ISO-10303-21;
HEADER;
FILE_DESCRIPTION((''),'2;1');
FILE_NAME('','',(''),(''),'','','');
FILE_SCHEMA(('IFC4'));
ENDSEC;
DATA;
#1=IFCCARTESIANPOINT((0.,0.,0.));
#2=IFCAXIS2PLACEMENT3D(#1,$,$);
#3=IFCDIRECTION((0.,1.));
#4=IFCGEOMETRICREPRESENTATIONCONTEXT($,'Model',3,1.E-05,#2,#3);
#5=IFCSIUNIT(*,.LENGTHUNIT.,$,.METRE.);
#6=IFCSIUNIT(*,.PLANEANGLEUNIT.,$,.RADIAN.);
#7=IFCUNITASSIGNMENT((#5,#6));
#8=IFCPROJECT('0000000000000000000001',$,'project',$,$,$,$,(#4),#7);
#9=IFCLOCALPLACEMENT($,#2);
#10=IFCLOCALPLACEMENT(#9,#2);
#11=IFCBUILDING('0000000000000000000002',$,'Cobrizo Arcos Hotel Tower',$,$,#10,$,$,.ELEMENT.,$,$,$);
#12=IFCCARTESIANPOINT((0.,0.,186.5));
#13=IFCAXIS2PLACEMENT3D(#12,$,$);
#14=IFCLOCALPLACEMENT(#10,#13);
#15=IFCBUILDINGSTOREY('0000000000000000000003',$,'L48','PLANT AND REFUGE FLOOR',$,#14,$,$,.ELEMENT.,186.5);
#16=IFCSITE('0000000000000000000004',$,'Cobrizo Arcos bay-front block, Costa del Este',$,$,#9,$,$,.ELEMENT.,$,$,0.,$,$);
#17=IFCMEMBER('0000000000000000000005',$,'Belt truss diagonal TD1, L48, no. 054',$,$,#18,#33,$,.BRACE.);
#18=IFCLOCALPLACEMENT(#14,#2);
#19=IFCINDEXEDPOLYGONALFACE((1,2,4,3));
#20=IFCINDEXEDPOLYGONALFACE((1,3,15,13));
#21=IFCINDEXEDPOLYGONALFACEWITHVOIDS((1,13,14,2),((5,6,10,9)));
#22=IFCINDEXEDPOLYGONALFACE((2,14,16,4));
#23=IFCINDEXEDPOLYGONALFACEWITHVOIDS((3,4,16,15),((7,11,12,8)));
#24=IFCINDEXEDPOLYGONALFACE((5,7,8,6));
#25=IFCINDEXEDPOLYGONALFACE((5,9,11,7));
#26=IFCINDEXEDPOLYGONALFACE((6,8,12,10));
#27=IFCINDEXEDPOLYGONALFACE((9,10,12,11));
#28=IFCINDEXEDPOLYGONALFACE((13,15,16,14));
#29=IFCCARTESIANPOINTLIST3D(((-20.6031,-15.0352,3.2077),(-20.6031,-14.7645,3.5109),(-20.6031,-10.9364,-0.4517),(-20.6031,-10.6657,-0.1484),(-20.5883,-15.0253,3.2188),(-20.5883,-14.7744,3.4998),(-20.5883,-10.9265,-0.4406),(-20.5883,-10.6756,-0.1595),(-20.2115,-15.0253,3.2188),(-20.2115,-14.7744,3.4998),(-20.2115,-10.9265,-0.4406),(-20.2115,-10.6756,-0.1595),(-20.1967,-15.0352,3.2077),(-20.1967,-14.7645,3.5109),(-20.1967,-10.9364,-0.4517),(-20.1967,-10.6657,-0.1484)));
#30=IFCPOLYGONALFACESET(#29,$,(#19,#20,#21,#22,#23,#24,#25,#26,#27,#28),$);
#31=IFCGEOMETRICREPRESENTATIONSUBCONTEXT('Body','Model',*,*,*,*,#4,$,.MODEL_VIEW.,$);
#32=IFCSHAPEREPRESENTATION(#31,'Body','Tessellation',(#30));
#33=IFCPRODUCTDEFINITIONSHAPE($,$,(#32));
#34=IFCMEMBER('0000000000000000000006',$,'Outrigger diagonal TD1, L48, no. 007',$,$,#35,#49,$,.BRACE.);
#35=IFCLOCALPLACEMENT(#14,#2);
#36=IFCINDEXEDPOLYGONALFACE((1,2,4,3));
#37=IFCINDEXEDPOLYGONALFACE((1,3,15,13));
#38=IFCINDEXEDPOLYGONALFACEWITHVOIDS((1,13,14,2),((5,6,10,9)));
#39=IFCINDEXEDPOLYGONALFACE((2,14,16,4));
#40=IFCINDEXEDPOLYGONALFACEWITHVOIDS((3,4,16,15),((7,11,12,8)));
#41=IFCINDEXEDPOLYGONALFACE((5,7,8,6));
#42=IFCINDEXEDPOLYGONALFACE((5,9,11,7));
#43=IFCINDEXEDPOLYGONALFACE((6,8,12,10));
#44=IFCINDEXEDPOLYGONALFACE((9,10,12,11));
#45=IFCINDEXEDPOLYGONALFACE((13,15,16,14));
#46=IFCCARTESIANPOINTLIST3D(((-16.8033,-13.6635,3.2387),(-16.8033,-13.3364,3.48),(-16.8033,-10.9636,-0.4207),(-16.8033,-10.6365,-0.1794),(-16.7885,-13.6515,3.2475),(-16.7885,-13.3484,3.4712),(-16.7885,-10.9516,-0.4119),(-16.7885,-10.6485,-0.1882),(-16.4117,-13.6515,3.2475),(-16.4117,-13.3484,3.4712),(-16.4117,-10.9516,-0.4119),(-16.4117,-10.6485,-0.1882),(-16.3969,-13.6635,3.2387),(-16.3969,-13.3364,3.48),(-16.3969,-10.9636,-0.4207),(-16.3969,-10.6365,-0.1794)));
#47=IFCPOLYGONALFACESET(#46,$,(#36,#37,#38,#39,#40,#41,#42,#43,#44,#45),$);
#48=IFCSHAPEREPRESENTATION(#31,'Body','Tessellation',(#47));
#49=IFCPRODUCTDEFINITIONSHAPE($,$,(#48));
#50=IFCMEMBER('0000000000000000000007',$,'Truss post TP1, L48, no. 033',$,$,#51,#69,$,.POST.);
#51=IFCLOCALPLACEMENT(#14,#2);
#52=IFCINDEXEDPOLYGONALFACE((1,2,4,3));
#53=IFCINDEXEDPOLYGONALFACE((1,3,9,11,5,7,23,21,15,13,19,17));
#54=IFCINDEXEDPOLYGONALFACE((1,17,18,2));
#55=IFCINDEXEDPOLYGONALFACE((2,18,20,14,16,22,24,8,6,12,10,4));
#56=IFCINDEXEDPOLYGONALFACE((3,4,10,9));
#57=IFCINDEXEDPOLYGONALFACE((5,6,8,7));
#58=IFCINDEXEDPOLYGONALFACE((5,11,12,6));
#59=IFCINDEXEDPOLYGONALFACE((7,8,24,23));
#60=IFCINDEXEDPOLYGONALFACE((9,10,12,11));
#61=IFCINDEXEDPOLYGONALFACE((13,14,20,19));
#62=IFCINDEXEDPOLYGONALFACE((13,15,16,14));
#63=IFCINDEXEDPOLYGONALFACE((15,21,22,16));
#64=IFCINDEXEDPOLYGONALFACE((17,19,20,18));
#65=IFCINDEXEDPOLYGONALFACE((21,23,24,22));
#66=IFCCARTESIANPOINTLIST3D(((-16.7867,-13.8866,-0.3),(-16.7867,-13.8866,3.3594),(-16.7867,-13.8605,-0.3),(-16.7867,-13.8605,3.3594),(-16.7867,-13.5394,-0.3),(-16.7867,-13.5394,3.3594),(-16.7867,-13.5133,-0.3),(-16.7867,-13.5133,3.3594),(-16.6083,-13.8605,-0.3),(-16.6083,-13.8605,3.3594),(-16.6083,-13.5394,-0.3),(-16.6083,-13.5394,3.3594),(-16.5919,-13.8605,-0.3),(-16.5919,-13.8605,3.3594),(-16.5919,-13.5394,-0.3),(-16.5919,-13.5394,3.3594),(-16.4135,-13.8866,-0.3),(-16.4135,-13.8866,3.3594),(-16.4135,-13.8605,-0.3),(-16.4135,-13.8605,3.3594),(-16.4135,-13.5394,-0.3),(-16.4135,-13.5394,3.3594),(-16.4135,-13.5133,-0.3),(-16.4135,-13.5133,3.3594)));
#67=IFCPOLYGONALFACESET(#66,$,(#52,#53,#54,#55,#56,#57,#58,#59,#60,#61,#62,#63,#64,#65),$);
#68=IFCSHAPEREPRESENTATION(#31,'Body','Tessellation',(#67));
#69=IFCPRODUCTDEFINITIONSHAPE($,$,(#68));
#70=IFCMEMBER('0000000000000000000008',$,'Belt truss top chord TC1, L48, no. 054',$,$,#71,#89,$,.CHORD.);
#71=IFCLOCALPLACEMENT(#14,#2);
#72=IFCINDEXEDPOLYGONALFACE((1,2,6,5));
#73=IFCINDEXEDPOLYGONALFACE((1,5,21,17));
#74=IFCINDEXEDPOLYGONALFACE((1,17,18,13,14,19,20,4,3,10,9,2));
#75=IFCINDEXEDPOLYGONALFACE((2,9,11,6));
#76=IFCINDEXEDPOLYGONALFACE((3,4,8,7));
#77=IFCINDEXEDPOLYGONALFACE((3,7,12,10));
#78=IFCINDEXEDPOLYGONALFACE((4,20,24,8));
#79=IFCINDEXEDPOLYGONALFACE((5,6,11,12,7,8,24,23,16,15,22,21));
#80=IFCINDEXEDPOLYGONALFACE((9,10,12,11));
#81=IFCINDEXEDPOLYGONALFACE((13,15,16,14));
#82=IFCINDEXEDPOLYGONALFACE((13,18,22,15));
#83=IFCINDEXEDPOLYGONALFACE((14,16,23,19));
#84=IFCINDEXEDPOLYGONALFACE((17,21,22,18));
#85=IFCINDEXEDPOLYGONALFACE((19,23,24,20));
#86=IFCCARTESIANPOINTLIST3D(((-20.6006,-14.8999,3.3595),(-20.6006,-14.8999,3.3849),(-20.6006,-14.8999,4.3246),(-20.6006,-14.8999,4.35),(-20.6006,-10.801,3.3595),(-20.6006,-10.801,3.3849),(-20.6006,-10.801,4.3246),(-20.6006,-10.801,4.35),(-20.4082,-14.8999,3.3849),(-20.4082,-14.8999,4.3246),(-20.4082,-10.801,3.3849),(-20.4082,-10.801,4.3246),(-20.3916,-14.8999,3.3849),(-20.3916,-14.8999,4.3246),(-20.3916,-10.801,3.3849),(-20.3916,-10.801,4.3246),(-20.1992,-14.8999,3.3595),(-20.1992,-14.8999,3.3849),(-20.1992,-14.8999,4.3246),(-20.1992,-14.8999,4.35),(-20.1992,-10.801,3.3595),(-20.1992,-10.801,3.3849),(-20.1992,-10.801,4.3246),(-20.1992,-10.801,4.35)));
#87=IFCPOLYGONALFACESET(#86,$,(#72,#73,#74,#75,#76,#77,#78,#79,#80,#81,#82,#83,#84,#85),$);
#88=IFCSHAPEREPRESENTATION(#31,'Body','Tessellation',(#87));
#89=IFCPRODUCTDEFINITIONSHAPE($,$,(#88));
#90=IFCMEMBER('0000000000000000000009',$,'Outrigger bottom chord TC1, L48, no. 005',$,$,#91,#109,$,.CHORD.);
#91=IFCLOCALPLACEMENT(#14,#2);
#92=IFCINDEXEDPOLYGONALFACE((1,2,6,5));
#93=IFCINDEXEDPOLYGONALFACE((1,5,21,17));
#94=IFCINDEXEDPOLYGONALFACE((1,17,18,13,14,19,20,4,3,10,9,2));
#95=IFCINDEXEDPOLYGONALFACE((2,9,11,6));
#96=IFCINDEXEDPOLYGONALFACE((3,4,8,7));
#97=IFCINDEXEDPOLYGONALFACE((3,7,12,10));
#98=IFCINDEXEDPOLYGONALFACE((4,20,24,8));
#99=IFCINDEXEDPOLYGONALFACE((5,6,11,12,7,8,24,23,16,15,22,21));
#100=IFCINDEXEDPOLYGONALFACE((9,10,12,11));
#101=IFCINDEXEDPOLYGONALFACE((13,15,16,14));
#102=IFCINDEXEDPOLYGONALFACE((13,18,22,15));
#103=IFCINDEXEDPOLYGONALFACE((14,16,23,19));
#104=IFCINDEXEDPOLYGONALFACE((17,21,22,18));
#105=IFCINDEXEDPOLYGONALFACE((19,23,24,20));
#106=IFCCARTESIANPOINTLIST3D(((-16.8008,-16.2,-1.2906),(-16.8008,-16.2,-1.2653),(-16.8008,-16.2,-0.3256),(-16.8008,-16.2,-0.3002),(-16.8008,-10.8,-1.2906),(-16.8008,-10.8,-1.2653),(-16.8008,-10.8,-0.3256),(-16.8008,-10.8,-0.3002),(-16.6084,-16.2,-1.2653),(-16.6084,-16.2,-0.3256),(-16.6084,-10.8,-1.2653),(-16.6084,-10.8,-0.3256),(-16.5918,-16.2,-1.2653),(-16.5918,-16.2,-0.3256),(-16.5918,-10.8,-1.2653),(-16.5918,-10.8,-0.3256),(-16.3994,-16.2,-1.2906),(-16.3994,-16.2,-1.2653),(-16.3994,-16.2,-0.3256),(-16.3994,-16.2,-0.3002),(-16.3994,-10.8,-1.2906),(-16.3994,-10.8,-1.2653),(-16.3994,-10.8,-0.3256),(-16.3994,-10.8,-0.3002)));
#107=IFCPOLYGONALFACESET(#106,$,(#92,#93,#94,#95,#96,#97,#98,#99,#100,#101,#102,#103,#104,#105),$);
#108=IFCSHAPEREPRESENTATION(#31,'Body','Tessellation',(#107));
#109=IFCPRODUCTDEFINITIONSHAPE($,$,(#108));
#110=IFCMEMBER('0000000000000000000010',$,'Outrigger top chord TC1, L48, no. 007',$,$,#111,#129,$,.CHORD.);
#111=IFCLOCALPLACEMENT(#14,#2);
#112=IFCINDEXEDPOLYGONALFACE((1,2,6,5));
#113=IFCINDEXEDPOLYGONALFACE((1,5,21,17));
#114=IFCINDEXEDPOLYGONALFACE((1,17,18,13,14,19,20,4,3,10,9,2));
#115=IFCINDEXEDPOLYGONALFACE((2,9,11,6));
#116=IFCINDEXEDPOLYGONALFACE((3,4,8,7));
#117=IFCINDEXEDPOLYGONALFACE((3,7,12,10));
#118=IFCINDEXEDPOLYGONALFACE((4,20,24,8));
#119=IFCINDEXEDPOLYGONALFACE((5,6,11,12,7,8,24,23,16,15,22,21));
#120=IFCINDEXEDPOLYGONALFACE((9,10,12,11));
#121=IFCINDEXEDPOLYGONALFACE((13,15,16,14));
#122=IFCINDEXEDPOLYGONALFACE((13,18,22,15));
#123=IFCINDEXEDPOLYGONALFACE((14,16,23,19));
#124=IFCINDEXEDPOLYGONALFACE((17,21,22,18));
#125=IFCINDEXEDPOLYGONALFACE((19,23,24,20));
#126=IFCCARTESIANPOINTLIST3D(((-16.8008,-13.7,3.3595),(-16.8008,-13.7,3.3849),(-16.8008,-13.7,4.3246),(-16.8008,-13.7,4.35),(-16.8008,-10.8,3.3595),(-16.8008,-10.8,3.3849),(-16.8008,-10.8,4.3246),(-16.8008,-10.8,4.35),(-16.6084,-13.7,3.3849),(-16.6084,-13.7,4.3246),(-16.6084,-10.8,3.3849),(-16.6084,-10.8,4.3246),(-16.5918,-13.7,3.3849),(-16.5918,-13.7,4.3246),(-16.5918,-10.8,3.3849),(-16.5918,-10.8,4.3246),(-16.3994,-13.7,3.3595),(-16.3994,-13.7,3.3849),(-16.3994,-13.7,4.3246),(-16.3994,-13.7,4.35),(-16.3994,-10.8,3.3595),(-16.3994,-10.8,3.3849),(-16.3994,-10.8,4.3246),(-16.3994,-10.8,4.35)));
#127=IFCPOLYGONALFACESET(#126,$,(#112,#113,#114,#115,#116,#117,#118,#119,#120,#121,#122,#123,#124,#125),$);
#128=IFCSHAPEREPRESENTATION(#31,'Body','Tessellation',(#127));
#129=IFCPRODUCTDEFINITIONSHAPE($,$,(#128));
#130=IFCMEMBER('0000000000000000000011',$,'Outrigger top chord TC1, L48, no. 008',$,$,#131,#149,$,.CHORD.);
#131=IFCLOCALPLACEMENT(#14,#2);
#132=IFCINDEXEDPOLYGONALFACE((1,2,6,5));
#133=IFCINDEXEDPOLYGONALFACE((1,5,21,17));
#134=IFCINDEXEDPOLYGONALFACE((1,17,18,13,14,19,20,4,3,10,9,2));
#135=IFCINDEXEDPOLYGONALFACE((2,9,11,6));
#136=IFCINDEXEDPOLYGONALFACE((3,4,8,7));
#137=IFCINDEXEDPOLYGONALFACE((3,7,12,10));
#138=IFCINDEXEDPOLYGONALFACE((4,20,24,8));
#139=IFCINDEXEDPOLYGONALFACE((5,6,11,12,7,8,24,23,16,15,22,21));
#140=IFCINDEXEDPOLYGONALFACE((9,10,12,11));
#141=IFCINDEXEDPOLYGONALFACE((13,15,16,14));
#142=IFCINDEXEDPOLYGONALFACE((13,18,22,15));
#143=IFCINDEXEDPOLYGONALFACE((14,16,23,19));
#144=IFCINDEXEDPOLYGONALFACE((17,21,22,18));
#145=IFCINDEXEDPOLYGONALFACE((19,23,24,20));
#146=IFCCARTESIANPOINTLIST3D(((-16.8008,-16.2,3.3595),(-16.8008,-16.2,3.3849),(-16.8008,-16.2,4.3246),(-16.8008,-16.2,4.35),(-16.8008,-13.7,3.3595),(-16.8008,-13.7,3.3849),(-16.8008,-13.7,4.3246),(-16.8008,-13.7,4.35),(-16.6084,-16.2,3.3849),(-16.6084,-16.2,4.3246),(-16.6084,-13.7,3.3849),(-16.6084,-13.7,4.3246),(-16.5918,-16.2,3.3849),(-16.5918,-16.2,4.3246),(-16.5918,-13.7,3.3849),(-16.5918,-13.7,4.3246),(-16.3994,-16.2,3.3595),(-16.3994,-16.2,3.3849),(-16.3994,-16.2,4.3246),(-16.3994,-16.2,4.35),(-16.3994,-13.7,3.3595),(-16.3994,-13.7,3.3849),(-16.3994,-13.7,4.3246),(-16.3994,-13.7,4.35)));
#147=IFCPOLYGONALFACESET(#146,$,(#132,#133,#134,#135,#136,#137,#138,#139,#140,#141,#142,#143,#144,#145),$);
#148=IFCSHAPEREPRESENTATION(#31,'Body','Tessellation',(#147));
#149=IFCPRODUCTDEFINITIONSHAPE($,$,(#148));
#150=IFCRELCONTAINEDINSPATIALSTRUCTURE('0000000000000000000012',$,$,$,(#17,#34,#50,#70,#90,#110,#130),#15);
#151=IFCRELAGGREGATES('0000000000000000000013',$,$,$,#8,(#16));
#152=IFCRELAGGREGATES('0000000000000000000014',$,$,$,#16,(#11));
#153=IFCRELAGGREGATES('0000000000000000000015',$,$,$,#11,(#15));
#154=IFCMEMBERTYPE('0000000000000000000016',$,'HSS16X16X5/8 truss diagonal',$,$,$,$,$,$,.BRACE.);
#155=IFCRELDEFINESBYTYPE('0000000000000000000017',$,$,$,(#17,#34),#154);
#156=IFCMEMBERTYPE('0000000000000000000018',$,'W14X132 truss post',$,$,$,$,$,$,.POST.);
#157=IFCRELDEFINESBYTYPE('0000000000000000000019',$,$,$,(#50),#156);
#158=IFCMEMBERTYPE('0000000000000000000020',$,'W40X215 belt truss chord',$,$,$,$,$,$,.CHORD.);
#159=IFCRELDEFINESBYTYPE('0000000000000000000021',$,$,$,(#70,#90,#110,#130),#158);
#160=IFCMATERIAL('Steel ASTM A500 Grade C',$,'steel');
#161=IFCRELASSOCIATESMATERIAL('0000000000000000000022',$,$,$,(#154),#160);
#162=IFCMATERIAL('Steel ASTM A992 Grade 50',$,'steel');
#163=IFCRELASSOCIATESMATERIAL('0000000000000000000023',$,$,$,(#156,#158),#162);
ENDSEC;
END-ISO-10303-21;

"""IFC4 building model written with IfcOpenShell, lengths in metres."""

from ifc_helpers import new_model, si_unit, direction, frame, origin, origin_2d, place, context, subcontext, project, spatial, hollow_rectangle, i_section, extrude, material, material_profile, profile_set, type_object, element, save


model = new_model("IFC4")

# Units and contexts
model_context = context("Model", 3, precision=1e-05, world=origin(), true_north=direction((0.0, 1.0)))
body_context = subcontext(model_context, "Body", "Model", "MODEL_VIEW")
ifc_project = project(units=[si_unit("LENGTHUNIT", "METRE"), si_unit("PLANEANGLEUNIT", "RADIAN")], contexts=[model_context])

# Site, building, storey
site_placement = place(None, origin())
site = spatial("IfcSite", under=ifc_project, at=site_placement, Name="Cobrizo Arcos bay-front block, Costa del Este", CompositionType="ELEMENT", RefElevation=0.0)
building_placement = place(site_placement, origin())
building = spatial("IfcBuilding", under=site, at=building_placement, Name="Cobrizo Arcos Hotel Tower", CompositionType="ELEMENT")
storey_placement = place(building_placement, frame((0.0, 0.0, 186.5)))
storey = spatial("IfcBuildingStorey", under=building, at=storey_placement, Name="L48", Description="PLANT AND REFUGE FLOOR", CompositionType="ELEMENT", Elevation=186.5)

# Members
ifc_material_1 = material(Name="Steel ASTM A500 Grade C", Category="steel")
ifc_material_profile_1 = material_profile(ifc_material_1, hollow_rectangle(XDim=0.4065, YDim=0.4065, WallThickness=0.0149, at=origin_2d()), Name="HSS16X16X5/8")
ifc_profile_set_1 = profile_set([ifc_material_profile_1], Name="Steel ASTM A500 Grade C")
member_type_1 = type_object("IfcMemberType", Name="HSS16X16X5/8 truss diagonal", PredefinedType="BRACE", material=ifc_profile_set_1)
member_1_placement = place(storey_placement, frame((-20.3999, -10.801, -0.3), z_axis=(0.0, -0.745964, 0.665987), x_axis=(1.0, 0.0, 0.0)))
element("IfcMember", 1, at=member_1_placement, inside=storey, type_object=member_type_1, Name="Belt truss diagonal TD1, L48, no. 054", PredefinedType="BRACE", context=body_context, shape_type="SweptSolid", body=[
    extrude(hollow_rectangle(XDim=0.4065, YDim=0.4065, WallThickness=0.0149, at=origin_2d()), origin(), (0.0, 0.0, 1.0), 5.4946),
])
member_2_placement = place(storey_placement, frame((-16.6001, -10.8, -0.3), z_axis=(0.0, -0.593703, 0.804685), x_axis=(1.0, 0.0, 0.0)))
element("IfcMember", 2, at=member_2_placement, inside=storey, type_object=member_type_1, Name="Outrigger diagonal TD1, L48, no. 007", PredefinedType="BRACE", context=body_context, shape_type="SweptSolid", body=[
    extrude(hollow_rectangle(XDim=0.4065, YDim=0.4065, WallThickness=0.0149, at=origin_2d()), origin(), (0.0, 0.0, 1.0), 4.5476),
])
ifc_material_2 = material(Name="Steel ASTM A992 Grade 50", Category="steel")
ifc_material_profile_2 = material_profile(ifc_material_2, i_section(OverallWidth=0.3733, OverallDepth=0.3733, WebThickness=0.0164, FlangeThickness=0.0261, at=origin_2d()), Name="W14X132")
ifc_profile_set_2 = profile_set([ifc_material_profile_2], Name="Steel ASTM A992 Grade 50")
member_type_2 = type_object("IfcMemberType", Name="W14X132 truss post", PredefinedType="POST", material=ifc_profile_set_2)
member_3_placement = place(storey_placement, frame((-16.6001, -13.7, -0.3), z_axis=(0.0, 0.0, 1.0), x_axis=(1.0, 0.0, 0.0)))
element("IfcMember", 3, at=member_3_placement, inside=storey, type_object=member_type_2, Name="Truss post TP1, L48, no. 033", PredefinedType="POST", context=body_context, shape_type="SweptSolid", body=[
    extrude(i_section(OverallWidth=0.3733, OverallDepth=0.3733, WebThickness=0.0164, FlangeThickness=0.0261, at=origin_2d()), origin(), (0.0, 0.0, 1.0), 3.6594),
])
ifc_material_profile_3 = material_profile(ifc_material_2, i_section(OverallWidth=0.4014, OverallDepth=0.9905, WebThickness=0.0166, FlangeThickness=0.0254, at=origin_2d()), Name="W40X215")
ifc_profile_set_3 = profile_set([ifc_material_profile_3], Name="Steel ASTM A992 Grade 50")
member_type_3 = type_object("IfcMemberType", Name="W40X215 belt truss chord", PredefinedType="CHORD", material=ifc_profile_set_3)
member_4_placement = place(storey_placement, frame((-20.3999, -10.801, 3.8547), z_axis=(0.0, -1.0, 0.0), x_axis=(1.0, 0.0, 0.0)))
element("IfcMember", 4, at=member_4_placement, inside=storey, type_object=member_type_3, Name="Belt truss top chord TC1, L48, no. 054", PredefinedType="CHORD", context=body_context, shape_type="SweptSolid", body=[
    extrude(i_section(OverallWidth=0.4014, OverallDepth=0.9905, WebThickness=0.0166, FlangeThickness=0.0254, at=origin_2d()), origin(), (0.0, 0.0, 1.0), 4.0989),
])
member_5_placement = place(storey_placement, frame((-16.6001, -10.8, -0.7954), z_axis=(0.0, -1.0, 0.0), x_axis=(1.0, 0.0, 0.0)))
element("IfcMember", 5, at=member_5_placement, inside=storey, type_object=member_type_3, Name="Outrigger bottom chord TC1, L48, no. 005", PredefinedType="CHORD", context=body_context, shape_type="SweptSolid", body=[
    extrude(i_section(OverallWidth=0.4014, OverallDepth=0.9905, WebThickness=0.0166, FlangeThickness=0.0254, at=origin_2d()), origin(), (0.0, 0.0, 1.0), 5.3999),
])
member_6_placement = place(storey_placement, frame((-16.6001, -10.8, 3.8547), z_axis=(0.0, -1.0, 0.0), x_axis=(1.0, 0.0, 0.0)))
element("IfcMember", 6, at=member_6_placement, inside=storey, type_object=member_type_3, Name="Outrigger top chord TC1, L48, no. 007", PredefinedType="CHORD", context=body_context, shape_type="SweptSolid", body=[
    extrude(i_section(OverallWidth=0.4014, OverallDepth=0.9905, WebThickness=0.0166, FlangeThickness=0.0254, at=origin_2d()), origin(), (0.0, 0.0, 1.0), 2.8999),
])
member_7_placement = place(storey_placement, frame((-16.6001, -13.7, 3.8547), z_axis=(0.0, -1.0, 0.0), x_axis=(1.0, 0.0, 0.0)))
element("IfcMember", 7, at=member_7_placement, inside=storey, type_object=member_type_3, Name="Outrigger top chord TC1, L48, no. 008", PredefinedType="CHORD", context=body_context, shape_type="SweptSolid", body=[
    extrude(i_section(OverallWidth=0.4014, OverallDepth=0.9905, WebThickness=0.0166, FlangeThickness=0.0254, at=origin_2d()), origin(), (0.0, 0.0, 1.0), 2.5),
])

save(model, "model.ifc")
